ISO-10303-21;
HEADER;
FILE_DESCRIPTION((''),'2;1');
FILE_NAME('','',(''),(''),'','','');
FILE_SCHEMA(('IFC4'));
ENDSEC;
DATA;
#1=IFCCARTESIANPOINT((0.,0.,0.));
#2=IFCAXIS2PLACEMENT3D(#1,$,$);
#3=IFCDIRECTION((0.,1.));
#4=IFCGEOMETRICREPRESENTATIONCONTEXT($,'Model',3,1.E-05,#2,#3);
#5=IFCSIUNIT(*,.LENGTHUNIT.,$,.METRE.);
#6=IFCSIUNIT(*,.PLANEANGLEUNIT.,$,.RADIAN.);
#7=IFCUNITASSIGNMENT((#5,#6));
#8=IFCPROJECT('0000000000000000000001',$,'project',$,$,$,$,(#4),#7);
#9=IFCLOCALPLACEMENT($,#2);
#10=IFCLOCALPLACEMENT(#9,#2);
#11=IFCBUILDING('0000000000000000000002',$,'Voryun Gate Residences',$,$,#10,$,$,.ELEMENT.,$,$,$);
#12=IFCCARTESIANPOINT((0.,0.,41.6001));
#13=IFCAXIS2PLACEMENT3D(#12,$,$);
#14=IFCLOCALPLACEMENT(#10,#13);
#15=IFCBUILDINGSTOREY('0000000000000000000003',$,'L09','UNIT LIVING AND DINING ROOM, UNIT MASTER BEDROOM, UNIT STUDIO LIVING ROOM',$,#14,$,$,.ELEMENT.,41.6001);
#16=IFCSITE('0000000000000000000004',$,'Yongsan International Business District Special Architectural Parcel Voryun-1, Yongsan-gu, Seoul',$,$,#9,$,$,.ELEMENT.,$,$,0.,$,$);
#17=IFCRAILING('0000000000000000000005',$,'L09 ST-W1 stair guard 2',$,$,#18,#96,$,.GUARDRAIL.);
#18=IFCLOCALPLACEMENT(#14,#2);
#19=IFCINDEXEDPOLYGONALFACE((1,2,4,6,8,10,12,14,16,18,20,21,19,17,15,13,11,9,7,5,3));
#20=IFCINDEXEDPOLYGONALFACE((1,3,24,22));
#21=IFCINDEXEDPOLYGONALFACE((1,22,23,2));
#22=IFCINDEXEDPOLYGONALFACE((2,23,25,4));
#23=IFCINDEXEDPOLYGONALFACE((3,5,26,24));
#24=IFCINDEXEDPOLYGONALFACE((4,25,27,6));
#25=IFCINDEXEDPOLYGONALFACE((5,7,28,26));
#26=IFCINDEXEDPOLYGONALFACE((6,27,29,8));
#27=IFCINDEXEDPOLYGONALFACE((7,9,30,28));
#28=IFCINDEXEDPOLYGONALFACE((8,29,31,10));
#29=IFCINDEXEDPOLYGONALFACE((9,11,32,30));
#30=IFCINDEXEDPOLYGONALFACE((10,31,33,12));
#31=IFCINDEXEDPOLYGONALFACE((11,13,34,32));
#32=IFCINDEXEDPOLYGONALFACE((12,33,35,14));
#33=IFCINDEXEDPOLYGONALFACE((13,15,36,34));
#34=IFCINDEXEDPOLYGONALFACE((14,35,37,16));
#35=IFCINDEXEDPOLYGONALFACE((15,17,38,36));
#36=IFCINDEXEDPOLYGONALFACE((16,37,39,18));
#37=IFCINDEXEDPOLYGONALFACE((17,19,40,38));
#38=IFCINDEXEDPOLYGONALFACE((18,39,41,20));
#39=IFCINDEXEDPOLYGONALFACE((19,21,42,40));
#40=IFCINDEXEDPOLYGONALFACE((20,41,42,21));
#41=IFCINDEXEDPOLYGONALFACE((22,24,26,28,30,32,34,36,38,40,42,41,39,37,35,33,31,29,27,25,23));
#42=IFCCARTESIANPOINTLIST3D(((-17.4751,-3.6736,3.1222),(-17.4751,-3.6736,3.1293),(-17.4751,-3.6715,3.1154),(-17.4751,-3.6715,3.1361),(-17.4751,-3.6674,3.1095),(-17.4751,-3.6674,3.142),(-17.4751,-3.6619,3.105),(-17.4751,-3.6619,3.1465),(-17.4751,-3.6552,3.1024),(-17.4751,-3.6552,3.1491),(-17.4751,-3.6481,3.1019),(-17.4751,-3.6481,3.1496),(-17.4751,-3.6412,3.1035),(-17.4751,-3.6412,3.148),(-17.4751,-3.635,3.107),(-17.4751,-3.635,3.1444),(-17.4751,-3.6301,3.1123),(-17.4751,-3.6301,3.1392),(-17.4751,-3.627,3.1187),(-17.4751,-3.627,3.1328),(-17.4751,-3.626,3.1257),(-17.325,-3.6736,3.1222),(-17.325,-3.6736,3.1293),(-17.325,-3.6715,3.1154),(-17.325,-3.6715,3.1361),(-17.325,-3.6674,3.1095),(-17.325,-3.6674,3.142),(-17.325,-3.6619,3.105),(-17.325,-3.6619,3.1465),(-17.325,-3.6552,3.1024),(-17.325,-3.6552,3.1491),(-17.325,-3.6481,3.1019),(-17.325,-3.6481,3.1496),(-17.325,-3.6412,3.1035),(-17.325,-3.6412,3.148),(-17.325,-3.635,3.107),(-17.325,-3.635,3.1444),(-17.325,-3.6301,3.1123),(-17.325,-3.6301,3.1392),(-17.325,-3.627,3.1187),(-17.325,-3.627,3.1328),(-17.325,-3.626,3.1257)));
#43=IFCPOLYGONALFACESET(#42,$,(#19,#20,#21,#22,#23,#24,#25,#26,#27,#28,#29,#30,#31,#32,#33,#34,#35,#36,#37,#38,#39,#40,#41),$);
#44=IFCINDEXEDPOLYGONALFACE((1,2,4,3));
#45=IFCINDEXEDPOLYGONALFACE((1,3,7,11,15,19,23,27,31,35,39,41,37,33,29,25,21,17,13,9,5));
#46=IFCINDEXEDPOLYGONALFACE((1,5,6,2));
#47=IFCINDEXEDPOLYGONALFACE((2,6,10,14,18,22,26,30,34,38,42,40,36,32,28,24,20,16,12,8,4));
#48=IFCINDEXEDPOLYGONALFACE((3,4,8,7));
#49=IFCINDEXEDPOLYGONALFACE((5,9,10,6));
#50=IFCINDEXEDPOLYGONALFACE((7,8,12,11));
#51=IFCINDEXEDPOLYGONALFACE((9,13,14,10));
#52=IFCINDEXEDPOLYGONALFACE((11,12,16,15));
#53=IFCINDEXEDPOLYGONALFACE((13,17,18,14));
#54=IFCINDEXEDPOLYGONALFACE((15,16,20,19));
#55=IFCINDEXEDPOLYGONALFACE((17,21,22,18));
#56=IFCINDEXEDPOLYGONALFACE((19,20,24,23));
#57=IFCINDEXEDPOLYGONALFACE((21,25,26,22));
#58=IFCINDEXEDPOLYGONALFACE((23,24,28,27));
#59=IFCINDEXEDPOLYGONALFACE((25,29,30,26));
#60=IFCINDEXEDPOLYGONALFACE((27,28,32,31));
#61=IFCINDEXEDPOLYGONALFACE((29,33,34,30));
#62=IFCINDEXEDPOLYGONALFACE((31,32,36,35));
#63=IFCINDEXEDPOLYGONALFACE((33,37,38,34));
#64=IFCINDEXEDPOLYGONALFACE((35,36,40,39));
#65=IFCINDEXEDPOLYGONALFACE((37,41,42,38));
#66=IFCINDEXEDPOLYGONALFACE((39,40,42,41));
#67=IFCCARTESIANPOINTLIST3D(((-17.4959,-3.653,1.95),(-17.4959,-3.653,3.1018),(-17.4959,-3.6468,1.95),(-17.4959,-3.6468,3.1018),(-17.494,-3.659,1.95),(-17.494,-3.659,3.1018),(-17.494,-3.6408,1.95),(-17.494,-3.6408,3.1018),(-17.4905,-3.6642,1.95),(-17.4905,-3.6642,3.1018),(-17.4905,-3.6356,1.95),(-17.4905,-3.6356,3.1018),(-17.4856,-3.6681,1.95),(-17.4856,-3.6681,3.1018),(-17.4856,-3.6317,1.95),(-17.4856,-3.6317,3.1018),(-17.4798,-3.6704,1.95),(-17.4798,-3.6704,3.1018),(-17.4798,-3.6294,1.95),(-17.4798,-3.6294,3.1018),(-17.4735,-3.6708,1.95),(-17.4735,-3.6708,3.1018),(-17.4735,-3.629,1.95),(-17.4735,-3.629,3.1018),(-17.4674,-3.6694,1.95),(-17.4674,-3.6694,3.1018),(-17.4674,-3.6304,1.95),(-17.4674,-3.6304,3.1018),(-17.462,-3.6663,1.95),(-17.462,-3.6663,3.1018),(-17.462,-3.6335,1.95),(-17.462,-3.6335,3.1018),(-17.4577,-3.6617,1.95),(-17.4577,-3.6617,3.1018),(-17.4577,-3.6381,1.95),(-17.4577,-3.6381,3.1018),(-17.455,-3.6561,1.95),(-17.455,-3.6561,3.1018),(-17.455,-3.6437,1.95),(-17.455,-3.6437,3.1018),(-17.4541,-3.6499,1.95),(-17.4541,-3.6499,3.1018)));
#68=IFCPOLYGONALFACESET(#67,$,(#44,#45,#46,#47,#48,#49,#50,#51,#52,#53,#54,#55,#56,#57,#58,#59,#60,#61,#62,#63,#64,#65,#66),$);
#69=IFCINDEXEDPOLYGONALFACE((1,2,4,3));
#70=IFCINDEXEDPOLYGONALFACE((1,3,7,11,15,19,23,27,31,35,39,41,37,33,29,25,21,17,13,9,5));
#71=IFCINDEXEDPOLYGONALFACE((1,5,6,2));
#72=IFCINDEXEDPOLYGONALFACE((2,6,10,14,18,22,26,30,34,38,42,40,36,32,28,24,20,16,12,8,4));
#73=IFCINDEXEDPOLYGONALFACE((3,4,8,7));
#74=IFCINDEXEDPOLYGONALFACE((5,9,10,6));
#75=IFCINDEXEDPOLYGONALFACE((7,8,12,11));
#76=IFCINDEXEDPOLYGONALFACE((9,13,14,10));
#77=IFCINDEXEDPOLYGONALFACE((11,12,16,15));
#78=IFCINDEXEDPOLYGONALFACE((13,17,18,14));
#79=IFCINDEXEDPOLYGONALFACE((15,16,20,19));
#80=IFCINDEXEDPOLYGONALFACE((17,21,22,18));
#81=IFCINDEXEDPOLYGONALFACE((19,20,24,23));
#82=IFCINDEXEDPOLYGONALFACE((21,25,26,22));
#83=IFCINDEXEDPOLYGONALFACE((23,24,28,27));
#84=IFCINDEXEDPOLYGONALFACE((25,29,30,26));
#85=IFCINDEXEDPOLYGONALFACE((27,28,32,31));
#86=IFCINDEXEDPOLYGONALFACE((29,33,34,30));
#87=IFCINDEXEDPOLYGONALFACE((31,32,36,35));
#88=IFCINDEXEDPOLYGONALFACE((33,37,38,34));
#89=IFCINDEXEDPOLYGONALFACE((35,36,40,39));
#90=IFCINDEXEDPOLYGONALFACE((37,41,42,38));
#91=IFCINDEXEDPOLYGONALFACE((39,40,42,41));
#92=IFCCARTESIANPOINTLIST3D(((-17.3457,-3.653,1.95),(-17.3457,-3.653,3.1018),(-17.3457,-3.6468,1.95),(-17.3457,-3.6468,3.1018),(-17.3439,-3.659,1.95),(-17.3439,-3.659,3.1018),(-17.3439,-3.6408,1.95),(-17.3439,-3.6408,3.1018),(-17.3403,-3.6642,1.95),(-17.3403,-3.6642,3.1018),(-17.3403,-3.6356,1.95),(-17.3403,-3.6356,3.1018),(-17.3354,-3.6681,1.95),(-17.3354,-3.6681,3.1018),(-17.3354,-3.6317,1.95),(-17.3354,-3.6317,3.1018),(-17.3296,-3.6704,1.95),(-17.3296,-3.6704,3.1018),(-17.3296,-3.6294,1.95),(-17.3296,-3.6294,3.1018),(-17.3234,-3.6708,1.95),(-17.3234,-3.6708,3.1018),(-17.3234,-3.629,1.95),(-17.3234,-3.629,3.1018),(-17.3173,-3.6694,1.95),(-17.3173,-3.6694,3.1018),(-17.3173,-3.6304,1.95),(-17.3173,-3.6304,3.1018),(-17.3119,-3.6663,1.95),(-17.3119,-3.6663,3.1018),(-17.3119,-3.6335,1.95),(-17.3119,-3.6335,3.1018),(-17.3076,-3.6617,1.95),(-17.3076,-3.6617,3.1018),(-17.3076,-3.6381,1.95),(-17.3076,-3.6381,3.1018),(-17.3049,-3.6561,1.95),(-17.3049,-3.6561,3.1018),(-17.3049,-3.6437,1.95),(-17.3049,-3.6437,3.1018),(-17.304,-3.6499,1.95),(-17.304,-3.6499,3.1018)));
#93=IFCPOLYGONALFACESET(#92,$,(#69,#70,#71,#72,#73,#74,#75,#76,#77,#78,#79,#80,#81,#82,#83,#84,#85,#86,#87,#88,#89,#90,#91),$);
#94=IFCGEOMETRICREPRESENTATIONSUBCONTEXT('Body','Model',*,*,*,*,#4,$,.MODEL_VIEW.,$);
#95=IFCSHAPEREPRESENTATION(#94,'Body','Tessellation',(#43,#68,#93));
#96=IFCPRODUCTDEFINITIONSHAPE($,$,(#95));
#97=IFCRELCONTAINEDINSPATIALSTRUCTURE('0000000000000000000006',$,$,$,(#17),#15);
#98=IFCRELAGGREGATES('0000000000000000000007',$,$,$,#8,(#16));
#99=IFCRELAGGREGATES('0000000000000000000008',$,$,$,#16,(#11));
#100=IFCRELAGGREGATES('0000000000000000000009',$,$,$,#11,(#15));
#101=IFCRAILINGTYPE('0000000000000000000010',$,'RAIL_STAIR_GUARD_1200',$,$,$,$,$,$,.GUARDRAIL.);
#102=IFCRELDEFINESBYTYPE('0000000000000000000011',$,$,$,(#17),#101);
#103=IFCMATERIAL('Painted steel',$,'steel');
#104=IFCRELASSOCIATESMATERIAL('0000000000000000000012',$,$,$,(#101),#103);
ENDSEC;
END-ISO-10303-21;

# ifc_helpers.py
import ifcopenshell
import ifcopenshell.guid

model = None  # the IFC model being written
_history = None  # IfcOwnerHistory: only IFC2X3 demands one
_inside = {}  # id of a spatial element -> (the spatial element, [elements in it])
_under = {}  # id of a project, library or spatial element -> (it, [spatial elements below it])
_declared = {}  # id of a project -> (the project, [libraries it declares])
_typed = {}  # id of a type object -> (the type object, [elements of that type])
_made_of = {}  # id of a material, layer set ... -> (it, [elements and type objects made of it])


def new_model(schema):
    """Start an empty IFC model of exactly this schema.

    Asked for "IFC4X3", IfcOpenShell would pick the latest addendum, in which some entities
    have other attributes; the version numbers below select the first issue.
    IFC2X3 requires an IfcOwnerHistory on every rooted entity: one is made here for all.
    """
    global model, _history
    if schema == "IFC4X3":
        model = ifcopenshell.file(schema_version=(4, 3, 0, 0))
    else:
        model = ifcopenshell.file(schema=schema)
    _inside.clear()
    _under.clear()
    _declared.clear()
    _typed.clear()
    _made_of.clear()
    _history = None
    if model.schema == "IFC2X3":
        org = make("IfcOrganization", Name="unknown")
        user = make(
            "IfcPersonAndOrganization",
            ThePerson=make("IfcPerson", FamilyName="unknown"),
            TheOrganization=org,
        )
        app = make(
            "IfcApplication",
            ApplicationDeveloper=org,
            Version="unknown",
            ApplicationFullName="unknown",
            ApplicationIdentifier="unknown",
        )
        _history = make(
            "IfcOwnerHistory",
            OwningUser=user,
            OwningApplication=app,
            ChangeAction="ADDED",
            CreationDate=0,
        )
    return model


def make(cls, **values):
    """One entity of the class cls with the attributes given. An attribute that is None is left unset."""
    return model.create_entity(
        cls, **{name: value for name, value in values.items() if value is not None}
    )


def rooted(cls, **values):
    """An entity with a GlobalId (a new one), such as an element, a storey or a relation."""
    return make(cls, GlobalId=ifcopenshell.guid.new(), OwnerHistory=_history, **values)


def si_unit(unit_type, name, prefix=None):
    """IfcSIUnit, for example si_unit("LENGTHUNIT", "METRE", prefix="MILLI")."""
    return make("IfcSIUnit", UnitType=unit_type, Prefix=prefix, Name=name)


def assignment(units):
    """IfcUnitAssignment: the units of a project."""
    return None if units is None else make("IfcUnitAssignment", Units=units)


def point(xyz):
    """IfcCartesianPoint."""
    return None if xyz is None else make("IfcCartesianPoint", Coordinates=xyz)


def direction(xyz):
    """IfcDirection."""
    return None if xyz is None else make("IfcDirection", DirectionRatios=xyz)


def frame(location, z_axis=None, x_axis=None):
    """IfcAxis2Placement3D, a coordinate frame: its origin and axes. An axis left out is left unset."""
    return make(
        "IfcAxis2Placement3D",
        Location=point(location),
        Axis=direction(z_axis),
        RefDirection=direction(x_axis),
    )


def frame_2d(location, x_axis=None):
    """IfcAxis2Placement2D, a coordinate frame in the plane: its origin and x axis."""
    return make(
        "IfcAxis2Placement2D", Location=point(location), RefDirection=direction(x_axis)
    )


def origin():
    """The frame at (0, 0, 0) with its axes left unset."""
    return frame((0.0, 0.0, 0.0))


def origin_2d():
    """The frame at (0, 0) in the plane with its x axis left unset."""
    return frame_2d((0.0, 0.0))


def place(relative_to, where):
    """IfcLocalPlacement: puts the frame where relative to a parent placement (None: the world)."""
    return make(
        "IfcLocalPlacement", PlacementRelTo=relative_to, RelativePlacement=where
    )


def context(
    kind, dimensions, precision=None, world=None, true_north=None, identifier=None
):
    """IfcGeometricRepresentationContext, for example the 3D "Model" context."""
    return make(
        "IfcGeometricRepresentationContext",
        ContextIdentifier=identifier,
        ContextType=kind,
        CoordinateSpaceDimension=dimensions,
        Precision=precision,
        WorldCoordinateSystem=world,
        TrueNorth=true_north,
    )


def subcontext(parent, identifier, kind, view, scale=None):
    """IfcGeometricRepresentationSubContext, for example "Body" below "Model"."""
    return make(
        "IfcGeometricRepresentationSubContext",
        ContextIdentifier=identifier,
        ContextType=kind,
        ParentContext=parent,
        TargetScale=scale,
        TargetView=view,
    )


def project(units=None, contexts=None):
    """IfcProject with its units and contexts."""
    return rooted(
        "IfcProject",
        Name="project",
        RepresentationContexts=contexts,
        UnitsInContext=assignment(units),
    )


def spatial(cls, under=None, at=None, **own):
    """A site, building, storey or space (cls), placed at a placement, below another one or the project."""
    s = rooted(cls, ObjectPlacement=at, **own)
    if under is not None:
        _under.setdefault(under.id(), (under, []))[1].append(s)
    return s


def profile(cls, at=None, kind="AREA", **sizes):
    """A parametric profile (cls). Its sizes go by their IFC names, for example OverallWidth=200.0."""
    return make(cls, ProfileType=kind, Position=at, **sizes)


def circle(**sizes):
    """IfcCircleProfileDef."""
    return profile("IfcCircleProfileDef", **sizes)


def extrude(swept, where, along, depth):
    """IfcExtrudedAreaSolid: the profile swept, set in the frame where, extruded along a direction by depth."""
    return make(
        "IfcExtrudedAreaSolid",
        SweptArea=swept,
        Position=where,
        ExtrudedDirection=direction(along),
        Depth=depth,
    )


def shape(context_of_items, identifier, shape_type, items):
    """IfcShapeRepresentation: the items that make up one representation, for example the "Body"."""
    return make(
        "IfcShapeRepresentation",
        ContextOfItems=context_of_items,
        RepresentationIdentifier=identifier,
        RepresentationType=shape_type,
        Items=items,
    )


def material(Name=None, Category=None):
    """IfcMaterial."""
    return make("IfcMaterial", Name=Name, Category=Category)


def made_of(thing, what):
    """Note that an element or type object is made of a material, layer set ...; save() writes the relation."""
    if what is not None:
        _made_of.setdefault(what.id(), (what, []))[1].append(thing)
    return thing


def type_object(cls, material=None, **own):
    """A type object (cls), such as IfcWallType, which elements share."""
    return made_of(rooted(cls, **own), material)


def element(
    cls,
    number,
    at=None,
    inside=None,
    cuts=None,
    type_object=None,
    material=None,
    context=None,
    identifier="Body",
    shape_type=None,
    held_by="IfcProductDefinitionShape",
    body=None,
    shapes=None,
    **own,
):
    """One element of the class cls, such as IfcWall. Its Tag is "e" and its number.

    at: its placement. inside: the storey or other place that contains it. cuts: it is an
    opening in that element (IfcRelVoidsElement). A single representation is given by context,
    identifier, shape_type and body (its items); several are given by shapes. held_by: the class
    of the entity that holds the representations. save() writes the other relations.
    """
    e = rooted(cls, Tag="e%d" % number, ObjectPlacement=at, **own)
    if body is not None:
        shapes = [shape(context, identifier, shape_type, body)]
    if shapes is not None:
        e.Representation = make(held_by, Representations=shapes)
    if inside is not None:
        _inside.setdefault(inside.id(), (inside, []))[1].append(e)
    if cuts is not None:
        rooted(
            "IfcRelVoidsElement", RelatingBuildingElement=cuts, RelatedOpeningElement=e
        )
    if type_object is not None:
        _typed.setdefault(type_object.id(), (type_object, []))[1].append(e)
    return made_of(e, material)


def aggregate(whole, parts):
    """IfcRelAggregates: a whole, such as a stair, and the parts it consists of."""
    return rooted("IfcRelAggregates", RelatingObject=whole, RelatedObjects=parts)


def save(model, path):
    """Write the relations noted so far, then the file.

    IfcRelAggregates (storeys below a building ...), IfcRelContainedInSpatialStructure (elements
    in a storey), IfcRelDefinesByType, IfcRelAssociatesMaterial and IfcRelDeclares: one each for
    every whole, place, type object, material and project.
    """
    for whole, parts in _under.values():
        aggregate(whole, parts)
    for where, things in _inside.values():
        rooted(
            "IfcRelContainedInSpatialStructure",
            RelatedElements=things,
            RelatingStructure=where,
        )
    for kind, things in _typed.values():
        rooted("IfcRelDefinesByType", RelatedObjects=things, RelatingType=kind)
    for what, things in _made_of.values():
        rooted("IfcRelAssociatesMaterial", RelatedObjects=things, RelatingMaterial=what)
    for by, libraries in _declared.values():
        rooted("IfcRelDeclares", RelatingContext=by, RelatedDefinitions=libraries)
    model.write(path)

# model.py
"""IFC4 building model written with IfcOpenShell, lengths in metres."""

from ifc_helpers import new_model, si_unit, direction, frame, origin, origin_2d, place, context, subcontext, project, spatial, circle, extrude, material, type_object, element, save


model = new_model("IFC4")

# Units and contexts
model_context = context("Model", 3, precision=1e-05, world=origin(), true_north=direction((0.0, 1.0)))
body_context = subcontext(model_context, "Body", "Model", "MODEL_VIEW")
ifc_project = project(units=[si_unit("LENGTHUNIT", "METRE"), si_unit("PLANEANGLEUNIT", "RADIAN")], contexts=[model_context])

# Site, building, storey
site_placement = place(None, origin())
site = spatial("IfcSite", under=ifc_project, at=site_placement, Name="Yongsan International Business District Special Architectural Parcel Voryun-1, Yongsan-gu, Seoul", CompositionType="ELEMENT", RefElevation=0.0)
building_placement = place(site_placement, origin())
building = spatial("IfcBuilding", under=site, at=building_placement, Name="Voryun Gate Residences", CompositionType="ELEMENT")
storey_placement = place(building_placement, frame((0.0, 0.0, 41.6001)))
storey = spatial("IfcBuildingStorey", under=building, at=storey_placement, Name="L09", Description="UNIT LIVING AND DINING ROOM, UNIT MASTER BEDROOM, UNIT STUDIO LIVING ROOM", CompositionType="ELEMENT", Elevation=41.6001)

# Railing
ifc_material_1 = material(Name="Painted steel", Category="steel")
railing_type_1 = type_object("IfcRailingType", Name="RAIL_STAIR_GUARD_1200", PredefinedType="GUARDRAIL", material=ifc_material_1)
railing_1_placement = place(storey_placement, frame((-17.4751, -3.6499, 1.95)))
element("IfcRailing", 1, at=railing_1_placement, inside=storey, type_object=railing_type_1, Name="L09 ST-W1 stair guard 2", PredefinedType="GUARDRAIL", context=body_context, shape_type="SweptSolid", body=[
    extrude(circle(Radius=0.0239, at=origin_2d()), frame((0.0, 0.0, 1.1758), z_axis=(1.0, 0.0, 0.0), x_axis=(0.0, 1.0, 0.0)), (0.0, 0.0, 1.0), 0.1501),
    extrude(circle(Radius=0.021, at=origin_2d()), origin(), (0.0, 0.0, 1.0), 1.1519),
    extrude(circle(Radius=0.021, at=origin_2d()), frame((0.1501, 0.0, 0.0)), (0.0, 0.0, 1.0), 1.1519),
])

save(model, "model.ifc")
